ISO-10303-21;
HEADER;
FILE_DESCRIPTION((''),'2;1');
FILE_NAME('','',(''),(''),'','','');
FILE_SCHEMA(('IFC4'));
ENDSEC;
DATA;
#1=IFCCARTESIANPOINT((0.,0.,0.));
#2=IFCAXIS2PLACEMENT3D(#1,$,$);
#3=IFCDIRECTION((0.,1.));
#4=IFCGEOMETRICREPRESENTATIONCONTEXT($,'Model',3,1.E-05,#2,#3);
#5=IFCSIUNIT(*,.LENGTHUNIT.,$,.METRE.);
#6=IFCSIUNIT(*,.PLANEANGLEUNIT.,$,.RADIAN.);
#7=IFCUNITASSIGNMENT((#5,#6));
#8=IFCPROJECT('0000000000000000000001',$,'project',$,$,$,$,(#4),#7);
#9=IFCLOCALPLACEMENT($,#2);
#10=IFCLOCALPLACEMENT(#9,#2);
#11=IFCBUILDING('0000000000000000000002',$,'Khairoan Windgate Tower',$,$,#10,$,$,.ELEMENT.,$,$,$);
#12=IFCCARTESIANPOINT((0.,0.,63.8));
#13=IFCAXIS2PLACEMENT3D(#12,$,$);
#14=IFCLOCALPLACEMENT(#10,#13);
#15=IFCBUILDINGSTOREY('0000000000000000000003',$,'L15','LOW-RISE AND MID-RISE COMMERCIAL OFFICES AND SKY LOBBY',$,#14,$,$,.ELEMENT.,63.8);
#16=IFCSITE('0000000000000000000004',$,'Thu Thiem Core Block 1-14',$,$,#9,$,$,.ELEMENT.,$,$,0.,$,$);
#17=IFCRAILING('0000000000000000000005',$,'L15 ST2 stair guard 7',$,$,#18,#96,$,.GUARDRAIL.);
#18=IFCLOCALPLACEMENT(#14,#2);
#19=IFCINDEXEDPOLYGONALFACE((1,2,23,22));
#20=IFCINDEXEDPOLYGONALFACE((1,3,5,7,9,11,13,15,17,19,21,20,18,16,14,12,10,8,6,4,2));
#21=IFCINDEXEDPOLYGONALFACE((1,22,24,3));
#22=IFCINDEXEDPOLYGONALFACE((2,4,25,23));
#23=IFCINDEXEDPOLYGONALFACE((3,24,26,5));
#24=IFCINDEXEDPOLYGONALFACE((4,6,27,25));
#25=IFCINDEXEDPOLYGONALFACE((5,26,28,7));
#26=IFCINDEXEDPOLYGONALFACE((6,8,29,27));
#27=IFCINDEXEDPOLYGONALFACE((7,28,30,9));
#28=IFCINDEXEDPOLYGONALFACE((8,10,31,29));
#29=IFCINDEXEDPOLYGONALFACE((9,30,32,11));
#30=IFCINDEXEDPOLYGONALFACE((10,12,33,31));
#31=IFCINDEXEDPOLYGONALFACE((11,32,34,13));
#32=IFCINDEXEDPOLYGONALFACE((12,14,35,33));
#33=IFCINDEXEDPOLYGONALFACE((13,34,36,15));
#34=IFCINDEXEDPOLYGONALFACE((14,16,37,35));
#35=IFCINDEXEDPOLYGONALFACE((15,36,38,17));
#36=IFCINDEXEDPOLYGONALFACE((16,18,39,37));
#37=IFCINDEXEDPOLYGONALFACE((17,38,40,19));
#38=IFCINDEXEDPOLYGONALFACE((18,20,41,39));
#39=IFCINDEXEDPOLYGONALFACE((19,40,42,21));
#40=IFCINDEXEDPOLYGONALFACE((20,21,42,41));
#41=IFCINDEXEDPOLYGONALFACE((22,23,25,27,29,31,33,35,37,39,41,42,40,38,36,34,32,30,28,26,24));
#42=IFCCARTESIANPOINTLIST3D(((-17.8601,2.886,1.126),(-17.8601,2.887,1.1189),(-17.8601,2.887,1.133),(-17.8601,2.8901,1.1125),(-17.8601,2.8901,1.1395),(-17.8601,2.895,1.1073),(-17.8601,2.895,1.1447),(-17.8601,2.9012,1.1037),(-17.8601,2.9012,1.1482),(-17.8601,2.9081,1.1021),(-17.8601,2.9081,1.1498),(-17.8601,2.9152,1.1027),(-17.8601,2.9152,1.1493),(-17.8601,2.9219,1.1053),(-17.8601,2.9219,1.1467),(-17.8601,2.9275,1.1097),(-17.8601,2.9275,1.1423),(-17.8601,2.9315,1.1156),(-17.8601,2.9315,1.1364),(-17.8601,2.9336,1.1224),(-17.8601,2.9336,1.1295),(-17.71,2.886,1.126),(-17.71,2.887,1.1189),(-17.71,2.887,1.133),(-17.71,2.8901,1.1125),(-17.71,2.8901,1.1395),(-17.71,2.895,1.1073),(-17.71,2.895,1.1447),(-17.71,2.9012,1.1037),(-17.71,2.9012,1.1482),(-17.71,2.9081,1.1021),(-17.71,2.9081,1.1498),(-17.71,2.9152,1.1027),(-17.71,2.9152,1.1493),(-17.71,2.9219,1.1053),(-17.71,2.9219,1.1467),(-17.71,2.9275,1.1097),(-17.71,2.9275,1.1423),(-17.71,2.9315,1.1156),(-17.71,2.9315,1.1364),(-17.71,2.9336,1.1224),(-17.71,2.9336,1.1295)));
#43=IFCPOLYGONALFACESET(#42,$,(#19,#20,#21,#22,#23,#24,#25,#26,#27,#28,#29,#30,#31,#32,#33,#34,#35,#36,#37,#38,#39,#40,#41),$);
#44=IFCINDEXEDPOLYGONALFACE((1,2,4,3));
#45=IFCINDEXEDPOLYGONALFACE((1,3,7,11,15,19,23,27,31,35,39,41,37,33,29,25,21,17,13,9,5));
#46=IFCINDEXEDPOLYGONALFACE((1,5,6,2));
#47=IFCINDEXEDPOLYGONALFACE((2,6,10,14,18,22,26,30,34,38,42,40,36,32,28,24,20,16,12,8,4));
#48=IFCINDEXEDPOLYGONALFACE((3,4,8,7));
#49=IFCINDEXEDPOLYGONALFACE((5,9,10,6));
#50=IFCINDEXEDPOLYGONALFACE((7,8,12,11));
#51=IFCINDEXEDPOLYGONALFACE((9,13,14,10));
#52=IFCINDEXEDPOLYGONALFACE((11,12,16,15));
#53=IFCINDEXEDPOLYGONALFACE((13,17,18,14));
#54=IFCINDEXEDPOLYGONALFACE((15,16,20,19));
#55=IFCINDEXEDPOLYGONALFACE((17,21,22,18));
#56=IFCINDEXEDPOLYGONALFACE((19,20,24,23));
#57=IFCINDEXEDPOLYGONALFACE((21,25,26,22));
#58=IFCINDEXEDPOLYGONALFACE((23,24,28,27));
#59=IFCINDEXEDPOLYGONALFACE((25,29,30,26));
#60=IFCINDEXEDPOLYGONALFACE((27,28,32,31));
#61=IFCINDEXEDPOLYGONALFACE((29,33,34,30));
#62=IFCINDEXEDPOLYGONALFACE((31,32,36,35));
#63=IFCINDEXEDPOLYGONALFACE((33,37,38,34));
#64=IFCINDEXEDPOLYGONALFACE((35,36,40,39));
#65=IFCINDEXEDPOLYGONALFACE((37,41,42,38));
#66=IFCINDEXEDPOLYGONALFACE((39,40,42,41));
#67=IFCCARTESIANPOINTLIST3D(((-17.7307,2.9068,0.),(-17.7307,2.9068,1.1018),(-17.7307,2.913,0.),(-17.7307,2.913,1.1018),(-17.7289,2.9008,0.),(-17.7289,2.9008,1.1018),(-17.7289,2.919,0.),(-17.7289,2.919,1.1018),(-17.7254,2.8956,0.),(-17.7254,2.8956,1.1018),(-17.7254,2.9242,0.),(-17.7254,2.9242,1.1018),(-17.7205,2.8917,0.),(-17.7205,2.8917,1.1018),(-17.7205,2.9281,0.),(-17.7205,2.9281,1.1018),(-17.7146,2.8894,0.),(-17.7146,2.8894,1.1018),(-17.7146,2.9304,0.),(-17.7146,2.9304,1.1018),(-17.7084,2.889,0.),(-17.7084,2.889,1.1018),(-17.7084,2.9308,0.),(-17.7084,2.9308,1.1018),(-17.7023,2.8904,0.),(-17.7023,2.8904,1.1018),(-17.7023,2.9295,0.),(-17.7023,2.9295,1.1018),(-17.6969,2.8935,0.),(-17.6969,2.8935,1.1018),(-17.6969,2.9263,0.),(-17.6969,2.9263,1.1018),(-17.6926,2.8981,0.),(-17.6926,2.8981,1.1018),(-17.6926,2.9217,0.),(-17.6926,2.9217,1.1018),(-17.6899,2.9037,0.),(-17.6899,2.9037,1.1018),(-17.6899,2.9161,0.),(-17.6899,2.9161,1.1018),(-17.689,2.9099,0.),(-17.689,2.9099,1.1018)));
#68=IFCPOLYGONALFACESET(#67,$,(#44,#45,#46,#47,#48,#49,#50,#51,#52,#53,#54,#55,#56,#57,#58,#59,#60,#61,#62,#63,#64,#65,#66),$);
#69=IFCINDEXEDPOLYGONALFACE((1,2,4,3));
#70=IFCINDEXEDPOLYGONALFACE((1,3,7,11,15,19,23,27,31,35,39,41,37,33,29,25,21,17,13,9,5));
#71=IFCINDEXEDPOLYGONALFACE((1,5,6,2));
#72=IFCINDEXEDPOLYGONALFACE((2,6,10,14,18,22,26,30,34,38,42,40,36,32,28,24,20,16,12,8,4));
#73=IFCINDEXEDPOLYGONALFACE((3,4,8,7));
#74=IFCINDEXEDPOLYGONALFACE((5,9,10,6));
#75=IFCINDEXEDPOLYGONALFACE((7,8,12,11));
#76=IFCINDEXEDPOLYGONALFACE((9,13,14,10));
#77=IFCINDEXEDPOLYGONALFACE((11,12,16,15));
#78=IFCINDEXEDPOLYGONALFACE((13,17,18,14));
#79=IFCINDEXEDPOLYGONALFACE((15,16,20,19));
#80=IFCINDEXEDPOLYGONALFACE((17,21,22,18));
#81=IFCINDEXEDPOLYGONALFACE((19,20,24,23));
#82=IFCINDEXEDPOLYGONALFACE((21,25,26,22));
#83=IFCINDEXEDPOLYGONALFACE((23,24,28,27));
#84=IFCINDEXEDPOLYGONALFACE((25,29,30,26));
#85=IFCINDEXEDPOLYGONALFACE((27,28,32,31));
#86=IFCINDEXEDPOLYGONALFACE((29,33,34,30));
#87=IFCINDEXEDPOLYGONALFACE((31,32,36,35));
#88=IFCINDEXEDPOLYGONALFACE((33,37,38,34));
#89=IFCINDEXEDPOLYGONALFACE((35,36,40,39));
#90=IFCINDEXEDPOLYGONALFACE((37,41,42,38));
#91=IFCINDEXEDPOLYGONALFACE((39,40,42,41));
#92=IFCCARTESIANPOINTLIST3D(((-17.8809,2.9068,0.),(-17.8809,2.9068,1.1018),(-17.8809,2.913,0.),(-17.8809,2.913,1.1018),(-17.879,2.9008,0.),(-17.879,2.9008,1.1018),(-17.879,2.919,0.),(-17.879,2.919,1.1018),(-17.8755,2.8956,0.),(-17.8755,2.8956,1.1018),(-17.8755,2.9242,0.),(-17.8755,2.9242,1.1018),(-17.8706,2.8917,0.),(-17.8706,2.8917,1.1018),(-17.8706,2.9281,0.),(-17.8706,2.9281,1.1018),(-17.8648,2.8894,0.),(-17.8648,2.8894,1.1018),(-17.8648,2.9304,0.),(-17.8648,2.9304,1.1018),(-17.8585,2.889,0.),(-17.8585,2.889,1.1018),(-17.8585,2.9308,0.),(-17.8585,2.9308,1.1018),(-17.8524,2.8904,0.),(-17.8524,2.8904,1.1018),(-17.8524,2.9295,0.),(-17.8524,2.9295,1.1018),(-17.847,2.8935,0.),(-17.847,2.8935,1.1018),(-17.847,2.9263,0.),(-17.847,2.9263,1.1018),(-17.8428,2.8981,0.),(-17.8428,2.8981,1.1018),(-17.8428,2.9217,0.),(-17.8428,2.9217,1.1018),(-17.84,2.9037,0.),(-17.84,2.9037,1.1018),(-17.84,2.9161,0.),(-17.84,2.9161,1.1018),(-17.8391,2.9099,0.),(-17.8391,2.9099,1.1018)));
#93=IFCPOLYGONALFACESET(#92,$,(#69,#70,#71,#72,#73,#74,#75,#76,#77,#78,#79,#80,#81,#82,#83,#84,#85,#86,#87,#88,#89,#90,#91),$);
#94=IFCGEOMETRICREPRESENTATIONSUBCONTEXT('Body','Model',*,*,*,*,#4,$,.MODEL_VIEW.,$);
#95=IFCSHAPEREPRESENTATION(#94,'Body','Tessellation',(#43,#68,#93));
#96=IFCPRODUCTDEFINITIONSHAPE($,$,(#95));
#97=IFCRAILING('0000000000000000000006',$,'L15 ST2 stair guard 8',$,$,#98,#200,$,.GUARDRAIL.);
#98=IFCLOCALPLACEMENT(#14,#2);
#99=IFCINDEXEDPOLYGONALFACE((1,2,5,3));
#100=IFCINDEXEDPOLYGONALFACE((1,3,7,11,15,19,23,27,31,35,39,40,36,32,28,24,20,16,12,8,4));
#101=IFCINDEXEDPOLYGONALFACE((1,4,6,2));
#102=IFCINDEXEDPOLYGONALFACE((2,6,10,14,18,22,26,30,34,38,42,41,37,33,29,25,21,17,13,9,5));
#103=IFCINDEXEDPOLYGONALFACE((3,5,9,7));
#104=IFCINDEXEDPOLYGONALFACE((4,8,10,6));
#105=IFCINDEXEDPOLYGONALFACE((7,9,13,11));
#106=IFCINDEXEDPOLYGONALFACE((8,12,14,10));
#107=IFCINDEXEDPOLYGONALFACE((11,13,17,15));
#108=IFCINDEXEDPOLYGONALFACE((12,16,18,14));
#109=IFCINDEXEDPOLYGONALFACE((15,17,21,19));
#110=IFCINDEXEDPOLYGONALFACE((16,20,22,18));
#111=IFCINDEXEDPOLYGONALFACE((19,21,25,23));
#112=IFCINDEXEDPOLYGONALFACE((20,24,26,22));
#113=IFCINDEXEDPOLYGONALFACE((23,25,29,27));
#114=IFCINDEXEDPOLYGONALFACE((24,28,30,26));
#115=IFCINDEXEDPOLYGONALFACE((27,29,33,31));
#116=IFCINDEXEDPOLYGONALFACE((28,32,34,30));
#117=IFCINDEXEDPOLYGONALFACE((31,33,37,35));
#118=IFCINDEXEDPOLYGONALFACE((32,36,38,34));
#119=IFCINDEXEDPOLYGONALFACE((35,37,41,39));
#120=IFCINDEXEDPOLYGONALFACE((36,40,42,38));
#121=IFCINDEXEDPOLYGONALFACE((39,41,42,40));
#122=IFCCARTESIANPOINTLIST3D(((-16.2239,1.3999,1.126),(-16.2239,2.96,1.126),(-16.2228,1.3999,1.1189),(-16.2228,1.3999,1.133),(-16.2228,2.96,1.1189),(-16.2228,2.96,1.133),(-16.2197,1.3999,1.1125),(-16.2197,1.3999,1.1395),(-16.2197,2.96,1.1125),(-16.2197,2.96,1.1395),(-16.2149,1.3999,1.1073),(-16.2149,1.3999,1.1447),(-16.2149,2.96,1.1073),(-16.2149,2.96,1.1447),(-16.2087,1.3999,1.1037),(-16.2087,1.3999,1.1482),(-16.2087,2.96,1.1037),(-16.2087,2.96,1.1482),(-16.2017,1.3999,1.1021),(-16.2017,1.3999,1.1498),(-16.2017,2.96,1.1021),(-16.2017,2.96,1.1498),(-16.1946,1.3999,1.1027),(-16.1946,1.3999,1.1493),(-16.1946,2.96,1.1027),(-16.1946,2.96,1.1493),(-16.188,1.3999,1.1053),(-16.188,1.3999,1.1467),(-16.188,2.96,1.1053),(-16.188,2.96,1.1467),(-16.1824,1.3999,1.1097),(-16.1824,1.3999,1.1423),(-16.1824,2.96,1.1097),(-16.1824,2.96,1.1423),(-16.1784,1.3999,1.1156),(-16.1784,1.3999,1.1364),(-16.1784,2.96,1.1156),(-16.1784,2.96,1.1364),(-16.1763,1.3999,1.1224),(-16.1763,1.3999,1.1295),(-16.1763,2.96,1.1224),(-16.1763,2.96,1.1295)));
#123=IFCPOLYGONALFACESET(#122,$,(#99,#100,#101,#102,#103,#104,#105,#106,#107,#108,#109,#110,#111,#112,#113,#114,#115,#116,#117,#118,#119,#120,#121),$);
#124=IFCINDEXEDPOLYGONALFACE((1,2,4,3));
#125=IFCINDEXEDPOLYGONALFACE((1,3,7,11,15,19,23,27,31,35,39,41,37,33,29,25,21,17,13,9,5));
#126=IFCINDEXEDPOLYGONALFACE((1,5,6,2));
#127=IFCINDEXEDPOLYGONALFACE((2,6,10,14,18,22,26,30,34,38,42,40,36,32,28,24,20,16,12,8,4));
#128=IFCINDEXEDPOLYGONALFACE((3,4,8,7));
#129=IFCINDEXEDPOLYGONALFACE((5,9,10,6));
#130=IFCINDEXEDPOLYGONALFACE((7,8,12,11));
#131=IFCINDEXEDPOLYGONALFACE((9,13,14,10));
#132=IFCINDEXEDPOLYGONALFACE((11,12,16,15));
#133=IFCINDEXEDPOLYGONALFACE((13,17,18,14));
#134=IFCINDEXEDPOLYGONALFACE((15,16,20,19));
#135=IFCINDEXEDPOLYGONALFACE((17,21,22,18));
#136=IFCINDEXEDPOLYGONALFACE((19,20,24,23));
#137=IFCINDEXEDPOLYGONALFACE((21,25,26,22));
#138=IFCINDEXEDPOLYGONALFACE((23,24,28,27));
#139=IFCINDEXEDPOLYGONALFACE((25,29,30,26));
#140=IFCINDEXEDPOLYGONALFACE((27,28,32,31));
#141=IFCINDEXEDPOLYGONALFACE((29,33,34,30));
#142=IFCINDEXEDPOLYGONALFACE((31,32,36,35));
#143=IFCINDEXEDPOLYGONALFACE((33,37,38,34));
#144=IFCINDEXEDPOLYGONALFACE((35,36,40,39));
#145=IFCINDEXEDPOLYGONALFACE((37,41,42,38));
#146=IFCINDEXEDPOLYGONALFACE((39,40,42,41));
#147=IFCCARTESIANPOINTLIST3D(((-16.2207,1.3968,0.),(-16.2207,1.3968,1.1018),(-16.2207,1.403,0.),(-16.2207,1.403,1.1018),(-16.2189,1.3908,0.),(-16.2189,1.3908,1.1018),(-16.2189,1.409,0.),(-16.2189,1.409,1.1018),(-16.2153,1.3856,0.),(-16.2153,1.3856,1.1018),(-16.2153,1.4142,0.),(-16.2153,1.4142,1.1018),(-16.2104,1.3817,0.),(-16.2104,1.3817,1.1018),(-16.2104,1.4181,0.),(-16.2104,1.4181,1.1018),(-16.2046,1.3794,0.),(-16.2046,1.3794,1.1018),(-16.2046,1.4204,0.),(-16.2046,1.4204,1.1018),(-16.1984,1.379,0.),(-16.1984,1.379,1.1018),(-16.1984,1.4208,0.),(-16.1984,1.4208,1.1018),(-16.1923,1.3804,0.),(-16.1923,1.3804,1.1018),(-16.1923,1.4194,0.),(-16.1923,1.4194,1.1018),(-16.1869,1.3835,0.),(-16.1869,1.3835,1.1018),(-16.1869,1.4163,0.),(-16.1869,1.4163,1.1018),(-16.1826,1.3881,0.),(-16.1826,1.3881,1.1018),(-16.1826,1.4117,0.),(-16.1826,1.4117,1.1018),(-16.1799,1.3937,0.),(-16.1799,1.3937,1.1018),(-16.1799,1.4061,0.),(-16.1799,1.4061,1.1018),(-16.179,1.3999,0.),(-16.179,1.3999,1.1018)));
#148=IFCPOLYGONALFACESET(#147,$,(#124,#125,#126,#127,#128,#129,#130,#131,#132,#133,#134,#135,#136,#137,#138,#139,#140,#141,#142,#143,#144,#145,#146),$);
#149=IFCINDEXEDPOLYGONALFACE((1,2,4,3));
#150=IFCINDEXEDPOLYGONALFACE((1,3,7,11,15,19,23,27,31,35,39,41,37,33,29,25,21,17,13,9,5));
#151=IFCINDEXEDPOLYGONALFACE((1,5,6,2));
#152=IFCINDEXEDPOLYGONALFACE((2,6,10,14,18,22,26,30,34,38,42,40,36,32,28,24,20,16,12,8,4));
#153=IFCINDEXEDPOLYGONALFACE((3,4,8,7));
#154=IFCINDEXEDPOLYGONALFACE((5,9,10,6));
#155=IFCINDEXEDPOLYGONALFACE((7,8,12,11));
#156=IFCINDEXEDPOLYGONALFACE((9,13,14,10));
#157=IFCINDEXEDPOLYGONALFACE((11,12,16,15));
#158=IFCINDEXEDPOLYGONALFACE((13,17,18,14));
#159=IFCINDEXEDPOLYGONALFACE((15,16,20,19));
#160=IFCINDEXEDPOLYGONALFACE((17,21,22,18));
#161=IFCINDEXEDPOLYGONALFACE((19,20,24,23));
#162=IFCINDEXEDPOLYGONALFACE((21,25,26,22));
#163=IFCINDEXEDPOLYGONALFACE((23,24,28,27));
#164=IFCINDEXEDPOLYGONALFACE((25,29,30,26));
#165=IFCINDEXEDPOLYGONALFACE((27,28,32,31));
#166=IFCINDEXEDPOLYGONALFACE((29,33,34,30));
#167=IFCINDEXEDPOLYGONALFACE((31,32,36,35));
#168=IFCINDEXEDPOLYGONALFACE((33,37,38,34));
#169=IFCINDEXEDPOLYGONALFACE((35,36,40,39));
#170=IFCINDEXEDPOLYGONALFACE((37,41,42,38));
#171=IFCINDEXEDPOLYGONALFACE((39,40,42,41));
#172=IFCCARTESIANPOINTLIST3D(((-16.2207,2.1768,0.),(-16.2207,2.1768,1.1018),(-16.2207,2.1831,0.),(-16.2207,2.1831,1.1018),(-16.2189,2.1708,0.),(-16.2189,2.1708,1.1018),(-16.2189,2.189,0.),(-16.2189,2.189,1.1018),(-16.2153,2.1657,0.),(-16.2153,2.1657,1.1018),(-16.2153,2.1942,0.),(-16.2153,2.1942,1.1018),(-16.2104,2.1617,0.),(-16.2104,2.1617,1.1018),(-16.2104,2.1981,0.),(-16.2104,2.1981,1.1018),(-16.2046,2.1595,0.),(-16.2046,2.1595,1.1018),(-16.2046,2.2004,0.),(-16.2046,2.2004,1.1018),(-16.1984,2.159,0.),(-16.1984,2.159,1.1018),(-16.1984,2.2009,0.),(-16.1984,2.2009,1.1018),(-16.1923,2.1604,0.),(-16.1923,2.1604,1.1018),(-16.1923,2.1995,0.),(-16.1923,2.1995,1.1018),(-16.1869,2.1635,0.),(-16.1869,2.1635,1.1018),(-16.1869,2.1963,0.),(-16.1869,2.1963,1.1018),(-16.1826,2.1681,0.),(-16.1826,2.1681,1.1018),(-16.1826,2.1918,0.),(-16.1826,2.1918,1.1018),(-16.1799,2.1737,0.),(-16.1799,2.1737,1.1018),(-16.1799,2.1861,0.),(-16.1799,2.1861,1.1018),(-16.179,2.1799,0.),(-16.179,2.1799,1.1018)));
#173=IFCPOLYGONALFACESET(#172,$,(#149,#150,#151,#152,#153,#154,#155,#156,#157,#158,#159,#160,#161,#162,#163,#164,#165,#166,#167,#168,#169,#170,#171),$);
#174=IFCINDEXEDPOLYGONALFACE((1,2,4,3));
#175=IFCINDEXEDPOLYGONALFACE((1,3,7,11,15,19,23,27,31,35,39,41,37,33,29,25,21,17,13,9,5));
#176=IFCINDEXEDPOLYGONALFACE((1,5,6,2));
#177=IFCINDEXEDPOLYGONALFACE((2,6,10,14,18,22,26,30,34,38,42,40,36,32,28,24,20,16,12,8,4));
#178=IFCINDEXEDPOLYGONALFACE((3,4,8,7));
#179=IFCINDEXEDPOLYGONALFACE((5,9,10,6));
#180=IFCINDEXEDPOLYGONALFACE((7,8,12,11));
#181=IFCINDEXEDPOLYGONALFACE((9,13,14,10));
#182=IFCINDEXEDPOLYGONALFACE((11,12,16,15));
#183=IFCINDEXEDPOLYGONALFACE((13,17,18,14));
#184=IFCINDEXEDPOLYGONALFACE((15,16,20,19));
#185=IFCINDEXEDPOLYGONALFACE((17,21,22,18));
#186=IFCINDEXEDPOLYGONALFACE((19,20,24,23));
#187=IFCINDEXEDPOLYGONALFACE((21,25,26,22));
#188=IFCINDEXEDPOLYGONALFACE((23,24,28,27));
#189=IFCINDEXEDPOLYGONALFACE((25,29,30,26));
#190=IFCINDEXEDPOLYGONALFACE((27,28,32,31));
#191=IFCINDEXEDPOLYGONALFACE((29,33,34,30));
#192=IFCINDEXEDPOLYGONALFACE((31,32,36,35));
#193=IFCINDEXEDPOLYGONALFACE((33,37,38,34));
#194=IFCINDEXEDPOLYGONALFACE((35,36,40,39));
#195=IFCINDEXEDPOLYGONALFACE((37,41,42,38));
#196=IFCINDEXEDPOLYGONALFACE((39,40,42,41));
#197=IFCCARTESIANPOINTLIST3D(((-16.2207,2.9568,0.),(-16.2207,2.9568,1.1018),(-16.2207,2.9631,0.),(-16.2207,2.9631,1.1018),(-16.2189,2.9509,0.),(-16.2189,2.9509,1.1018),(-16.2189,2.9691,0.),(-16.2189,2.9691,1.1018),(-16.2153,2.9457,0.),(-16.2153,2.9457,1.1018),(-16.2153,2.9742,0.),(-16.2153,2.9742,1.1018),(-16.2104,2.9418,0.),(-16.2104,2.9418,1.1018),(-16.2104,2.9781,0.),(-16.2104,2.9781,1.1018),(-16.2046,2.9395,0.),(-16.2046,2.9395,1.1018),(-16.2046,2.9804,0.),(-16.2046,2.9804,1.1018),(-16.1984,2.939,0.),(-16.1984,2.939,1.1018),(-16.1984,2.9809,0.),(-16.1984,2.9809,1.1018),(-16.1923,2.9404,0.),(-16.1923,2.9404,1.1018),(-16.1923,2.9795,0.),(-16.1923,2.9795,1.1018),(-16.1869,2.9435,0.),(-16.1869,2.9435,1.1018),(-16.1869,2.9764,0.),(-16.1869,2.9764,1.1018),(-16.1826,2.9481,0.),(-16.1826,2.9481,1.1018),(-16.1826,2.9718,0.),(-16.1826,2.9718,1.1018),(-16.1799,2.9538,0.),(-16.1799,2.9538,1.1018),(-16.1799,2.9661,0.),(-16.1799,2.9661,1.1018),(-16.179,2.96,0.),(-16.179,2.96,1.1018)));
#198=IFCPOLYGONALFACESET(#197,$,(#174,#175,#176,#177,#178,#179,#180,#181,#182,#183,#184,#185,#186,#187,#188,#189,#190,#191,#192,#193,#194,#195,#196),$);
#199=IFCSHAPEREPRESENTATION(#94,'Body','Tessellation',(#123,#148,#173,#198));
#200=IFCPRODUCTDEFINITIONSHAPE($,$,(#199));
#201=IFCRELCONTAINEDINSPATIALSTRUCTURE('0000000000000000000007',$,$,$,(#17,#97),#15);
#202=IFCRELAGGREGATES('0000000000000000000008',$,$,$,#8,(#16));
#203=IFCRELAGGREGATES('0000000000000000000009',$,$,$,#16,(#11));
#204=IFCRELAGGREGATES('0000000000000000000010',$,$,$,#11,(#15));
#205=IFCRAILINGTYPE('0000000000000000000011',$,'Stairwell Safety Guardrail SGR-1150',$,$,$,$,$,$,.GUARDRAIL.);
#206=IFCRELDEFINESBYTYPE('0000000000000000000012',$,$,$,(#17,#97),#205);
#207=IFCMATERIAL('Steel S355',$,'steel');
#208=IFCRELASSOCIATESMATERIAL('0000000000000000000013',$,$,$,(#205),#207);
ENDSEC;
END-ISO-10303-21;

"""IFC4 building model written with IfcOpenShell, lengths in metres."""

from ifc_helpers import new_model, si_unit, direction, frame, origin, origin_2d, place, context, subcontext, project, spatial, circle, extrude, material, type_object, element, save


model = new_model("IFC4")

# Units and contexts
model_context = context("Model", 3, precision=1e-05, world=origin(), true_north=direction((0.0, 1.0)))
body_context = subcontext(model_context, "Body", "Model", "MODEL_VIEW")
ifc_project = project(units=[si_unit("LENGTHUNIT", "METRE"), si_unit("PLANEANGLEUNIT", "RADIAN")], contexts=[model_context])

# Site, building, storey
site_placement = place(None, origin())
site = spatial("IfcSite", under=ifc_project, at=site_placement, Name="Thu Thiem Core Block 1-14", CompositionType="ELEMENT", RefElevation=0.0)
building_placement = place(site_placement, origin())
building = spatial("IfcBuilding", under=site, at=building_placement, Name="Khairoan Windgate Tower", CompositionType="ELEMENT")
storey_placement = place(building_placement, frame((0.0, 0.0, 63.8)))
storey = spatial("IfcBuildingStorey", under=building, at=storey_placement, Name="L15", Description="LOW-RISE AND MID-RISE COMMERCIAL OFFICES AND SKY LOBBY", CompositionType="ELEMENT", Elevation=63.8)

# Railings
ifc_material_1 = material(Name="Steel S355", Category="steel")
railing_type_1 = type_object("IfcRailingType", Name="Stairwell Safety Guardrail SGR-1150", PredefinedType="GUARDRAIL", material=ifc_material_1)
railing_1_placement = place(storey_placement, frame((-17.71, 2.9099, 0.0)))
element("IfcRailing", 1, at=railing_1_placement, inside=storey, type_object=railing_type_1, Name="L15 ST2 stair guard 7", PredefinedType="GUARDRAIL", context=body_context, shape_type="SweptSolid", body=[
    extrude(circle(Radius=0.0239, at=origin_2d()), frame((0.0, 0.0, 1.126), z_axis=(-1.0, 0.0, 0.0), x_axis=(0.0, -1.0, 0.0)), (0.0, 0.0, 1.0), 0.1501),
    extrude(circle(Radius=0.021, at=origin_2d()), origin(), (0.0, 0.0, 1.0), 1.1018),
    extrude(circle(Radius=0.021, at=origin_2d()), frame((-0.1501, 0.0, 0.0)), (0.0, 0.0, 1.0), 1.1018),
])
for number, where, name in (
    (2, (-16.2, 1.3999, 0.0), "L15 ST2 stair guard 8"),
):
    element("IfcRailing", number, at=place(storey_placement, frame(where)), inside=storey, type_object=railing_type_1, Name=name, PredefinedType="GUARDRAIL", context=body_context, shape_type="SweptSolid", body=[
        extrude(circle(Radius=0.0239, at=origin_2d()), frame((0.0, 0.0, 1.126), z_axis=(0.0, 1.0, 0.0), x_axis=(-1.0, 0.0, 0.0)), (0.0, 0.0, 1.0), 1.5601),
        extrude(circle(Radius=0.021, at=origin_2d()), origin(), (0.0, 0.0, 1.0), 1.1018),
        extrude(circle(Radius=0.021, at=origin_2d()), frame((0.0, 0.78, 0.0)), (0.0, 0.0, 1.0), 1.1018),
        extrude(circle(Radius=0.021, at=origin_2d()), frame((0.0, 1.5601, 0.0)), (0.0, 0.0, 1.0), 1.1018),
    ])

save(model, "model.ifc")
